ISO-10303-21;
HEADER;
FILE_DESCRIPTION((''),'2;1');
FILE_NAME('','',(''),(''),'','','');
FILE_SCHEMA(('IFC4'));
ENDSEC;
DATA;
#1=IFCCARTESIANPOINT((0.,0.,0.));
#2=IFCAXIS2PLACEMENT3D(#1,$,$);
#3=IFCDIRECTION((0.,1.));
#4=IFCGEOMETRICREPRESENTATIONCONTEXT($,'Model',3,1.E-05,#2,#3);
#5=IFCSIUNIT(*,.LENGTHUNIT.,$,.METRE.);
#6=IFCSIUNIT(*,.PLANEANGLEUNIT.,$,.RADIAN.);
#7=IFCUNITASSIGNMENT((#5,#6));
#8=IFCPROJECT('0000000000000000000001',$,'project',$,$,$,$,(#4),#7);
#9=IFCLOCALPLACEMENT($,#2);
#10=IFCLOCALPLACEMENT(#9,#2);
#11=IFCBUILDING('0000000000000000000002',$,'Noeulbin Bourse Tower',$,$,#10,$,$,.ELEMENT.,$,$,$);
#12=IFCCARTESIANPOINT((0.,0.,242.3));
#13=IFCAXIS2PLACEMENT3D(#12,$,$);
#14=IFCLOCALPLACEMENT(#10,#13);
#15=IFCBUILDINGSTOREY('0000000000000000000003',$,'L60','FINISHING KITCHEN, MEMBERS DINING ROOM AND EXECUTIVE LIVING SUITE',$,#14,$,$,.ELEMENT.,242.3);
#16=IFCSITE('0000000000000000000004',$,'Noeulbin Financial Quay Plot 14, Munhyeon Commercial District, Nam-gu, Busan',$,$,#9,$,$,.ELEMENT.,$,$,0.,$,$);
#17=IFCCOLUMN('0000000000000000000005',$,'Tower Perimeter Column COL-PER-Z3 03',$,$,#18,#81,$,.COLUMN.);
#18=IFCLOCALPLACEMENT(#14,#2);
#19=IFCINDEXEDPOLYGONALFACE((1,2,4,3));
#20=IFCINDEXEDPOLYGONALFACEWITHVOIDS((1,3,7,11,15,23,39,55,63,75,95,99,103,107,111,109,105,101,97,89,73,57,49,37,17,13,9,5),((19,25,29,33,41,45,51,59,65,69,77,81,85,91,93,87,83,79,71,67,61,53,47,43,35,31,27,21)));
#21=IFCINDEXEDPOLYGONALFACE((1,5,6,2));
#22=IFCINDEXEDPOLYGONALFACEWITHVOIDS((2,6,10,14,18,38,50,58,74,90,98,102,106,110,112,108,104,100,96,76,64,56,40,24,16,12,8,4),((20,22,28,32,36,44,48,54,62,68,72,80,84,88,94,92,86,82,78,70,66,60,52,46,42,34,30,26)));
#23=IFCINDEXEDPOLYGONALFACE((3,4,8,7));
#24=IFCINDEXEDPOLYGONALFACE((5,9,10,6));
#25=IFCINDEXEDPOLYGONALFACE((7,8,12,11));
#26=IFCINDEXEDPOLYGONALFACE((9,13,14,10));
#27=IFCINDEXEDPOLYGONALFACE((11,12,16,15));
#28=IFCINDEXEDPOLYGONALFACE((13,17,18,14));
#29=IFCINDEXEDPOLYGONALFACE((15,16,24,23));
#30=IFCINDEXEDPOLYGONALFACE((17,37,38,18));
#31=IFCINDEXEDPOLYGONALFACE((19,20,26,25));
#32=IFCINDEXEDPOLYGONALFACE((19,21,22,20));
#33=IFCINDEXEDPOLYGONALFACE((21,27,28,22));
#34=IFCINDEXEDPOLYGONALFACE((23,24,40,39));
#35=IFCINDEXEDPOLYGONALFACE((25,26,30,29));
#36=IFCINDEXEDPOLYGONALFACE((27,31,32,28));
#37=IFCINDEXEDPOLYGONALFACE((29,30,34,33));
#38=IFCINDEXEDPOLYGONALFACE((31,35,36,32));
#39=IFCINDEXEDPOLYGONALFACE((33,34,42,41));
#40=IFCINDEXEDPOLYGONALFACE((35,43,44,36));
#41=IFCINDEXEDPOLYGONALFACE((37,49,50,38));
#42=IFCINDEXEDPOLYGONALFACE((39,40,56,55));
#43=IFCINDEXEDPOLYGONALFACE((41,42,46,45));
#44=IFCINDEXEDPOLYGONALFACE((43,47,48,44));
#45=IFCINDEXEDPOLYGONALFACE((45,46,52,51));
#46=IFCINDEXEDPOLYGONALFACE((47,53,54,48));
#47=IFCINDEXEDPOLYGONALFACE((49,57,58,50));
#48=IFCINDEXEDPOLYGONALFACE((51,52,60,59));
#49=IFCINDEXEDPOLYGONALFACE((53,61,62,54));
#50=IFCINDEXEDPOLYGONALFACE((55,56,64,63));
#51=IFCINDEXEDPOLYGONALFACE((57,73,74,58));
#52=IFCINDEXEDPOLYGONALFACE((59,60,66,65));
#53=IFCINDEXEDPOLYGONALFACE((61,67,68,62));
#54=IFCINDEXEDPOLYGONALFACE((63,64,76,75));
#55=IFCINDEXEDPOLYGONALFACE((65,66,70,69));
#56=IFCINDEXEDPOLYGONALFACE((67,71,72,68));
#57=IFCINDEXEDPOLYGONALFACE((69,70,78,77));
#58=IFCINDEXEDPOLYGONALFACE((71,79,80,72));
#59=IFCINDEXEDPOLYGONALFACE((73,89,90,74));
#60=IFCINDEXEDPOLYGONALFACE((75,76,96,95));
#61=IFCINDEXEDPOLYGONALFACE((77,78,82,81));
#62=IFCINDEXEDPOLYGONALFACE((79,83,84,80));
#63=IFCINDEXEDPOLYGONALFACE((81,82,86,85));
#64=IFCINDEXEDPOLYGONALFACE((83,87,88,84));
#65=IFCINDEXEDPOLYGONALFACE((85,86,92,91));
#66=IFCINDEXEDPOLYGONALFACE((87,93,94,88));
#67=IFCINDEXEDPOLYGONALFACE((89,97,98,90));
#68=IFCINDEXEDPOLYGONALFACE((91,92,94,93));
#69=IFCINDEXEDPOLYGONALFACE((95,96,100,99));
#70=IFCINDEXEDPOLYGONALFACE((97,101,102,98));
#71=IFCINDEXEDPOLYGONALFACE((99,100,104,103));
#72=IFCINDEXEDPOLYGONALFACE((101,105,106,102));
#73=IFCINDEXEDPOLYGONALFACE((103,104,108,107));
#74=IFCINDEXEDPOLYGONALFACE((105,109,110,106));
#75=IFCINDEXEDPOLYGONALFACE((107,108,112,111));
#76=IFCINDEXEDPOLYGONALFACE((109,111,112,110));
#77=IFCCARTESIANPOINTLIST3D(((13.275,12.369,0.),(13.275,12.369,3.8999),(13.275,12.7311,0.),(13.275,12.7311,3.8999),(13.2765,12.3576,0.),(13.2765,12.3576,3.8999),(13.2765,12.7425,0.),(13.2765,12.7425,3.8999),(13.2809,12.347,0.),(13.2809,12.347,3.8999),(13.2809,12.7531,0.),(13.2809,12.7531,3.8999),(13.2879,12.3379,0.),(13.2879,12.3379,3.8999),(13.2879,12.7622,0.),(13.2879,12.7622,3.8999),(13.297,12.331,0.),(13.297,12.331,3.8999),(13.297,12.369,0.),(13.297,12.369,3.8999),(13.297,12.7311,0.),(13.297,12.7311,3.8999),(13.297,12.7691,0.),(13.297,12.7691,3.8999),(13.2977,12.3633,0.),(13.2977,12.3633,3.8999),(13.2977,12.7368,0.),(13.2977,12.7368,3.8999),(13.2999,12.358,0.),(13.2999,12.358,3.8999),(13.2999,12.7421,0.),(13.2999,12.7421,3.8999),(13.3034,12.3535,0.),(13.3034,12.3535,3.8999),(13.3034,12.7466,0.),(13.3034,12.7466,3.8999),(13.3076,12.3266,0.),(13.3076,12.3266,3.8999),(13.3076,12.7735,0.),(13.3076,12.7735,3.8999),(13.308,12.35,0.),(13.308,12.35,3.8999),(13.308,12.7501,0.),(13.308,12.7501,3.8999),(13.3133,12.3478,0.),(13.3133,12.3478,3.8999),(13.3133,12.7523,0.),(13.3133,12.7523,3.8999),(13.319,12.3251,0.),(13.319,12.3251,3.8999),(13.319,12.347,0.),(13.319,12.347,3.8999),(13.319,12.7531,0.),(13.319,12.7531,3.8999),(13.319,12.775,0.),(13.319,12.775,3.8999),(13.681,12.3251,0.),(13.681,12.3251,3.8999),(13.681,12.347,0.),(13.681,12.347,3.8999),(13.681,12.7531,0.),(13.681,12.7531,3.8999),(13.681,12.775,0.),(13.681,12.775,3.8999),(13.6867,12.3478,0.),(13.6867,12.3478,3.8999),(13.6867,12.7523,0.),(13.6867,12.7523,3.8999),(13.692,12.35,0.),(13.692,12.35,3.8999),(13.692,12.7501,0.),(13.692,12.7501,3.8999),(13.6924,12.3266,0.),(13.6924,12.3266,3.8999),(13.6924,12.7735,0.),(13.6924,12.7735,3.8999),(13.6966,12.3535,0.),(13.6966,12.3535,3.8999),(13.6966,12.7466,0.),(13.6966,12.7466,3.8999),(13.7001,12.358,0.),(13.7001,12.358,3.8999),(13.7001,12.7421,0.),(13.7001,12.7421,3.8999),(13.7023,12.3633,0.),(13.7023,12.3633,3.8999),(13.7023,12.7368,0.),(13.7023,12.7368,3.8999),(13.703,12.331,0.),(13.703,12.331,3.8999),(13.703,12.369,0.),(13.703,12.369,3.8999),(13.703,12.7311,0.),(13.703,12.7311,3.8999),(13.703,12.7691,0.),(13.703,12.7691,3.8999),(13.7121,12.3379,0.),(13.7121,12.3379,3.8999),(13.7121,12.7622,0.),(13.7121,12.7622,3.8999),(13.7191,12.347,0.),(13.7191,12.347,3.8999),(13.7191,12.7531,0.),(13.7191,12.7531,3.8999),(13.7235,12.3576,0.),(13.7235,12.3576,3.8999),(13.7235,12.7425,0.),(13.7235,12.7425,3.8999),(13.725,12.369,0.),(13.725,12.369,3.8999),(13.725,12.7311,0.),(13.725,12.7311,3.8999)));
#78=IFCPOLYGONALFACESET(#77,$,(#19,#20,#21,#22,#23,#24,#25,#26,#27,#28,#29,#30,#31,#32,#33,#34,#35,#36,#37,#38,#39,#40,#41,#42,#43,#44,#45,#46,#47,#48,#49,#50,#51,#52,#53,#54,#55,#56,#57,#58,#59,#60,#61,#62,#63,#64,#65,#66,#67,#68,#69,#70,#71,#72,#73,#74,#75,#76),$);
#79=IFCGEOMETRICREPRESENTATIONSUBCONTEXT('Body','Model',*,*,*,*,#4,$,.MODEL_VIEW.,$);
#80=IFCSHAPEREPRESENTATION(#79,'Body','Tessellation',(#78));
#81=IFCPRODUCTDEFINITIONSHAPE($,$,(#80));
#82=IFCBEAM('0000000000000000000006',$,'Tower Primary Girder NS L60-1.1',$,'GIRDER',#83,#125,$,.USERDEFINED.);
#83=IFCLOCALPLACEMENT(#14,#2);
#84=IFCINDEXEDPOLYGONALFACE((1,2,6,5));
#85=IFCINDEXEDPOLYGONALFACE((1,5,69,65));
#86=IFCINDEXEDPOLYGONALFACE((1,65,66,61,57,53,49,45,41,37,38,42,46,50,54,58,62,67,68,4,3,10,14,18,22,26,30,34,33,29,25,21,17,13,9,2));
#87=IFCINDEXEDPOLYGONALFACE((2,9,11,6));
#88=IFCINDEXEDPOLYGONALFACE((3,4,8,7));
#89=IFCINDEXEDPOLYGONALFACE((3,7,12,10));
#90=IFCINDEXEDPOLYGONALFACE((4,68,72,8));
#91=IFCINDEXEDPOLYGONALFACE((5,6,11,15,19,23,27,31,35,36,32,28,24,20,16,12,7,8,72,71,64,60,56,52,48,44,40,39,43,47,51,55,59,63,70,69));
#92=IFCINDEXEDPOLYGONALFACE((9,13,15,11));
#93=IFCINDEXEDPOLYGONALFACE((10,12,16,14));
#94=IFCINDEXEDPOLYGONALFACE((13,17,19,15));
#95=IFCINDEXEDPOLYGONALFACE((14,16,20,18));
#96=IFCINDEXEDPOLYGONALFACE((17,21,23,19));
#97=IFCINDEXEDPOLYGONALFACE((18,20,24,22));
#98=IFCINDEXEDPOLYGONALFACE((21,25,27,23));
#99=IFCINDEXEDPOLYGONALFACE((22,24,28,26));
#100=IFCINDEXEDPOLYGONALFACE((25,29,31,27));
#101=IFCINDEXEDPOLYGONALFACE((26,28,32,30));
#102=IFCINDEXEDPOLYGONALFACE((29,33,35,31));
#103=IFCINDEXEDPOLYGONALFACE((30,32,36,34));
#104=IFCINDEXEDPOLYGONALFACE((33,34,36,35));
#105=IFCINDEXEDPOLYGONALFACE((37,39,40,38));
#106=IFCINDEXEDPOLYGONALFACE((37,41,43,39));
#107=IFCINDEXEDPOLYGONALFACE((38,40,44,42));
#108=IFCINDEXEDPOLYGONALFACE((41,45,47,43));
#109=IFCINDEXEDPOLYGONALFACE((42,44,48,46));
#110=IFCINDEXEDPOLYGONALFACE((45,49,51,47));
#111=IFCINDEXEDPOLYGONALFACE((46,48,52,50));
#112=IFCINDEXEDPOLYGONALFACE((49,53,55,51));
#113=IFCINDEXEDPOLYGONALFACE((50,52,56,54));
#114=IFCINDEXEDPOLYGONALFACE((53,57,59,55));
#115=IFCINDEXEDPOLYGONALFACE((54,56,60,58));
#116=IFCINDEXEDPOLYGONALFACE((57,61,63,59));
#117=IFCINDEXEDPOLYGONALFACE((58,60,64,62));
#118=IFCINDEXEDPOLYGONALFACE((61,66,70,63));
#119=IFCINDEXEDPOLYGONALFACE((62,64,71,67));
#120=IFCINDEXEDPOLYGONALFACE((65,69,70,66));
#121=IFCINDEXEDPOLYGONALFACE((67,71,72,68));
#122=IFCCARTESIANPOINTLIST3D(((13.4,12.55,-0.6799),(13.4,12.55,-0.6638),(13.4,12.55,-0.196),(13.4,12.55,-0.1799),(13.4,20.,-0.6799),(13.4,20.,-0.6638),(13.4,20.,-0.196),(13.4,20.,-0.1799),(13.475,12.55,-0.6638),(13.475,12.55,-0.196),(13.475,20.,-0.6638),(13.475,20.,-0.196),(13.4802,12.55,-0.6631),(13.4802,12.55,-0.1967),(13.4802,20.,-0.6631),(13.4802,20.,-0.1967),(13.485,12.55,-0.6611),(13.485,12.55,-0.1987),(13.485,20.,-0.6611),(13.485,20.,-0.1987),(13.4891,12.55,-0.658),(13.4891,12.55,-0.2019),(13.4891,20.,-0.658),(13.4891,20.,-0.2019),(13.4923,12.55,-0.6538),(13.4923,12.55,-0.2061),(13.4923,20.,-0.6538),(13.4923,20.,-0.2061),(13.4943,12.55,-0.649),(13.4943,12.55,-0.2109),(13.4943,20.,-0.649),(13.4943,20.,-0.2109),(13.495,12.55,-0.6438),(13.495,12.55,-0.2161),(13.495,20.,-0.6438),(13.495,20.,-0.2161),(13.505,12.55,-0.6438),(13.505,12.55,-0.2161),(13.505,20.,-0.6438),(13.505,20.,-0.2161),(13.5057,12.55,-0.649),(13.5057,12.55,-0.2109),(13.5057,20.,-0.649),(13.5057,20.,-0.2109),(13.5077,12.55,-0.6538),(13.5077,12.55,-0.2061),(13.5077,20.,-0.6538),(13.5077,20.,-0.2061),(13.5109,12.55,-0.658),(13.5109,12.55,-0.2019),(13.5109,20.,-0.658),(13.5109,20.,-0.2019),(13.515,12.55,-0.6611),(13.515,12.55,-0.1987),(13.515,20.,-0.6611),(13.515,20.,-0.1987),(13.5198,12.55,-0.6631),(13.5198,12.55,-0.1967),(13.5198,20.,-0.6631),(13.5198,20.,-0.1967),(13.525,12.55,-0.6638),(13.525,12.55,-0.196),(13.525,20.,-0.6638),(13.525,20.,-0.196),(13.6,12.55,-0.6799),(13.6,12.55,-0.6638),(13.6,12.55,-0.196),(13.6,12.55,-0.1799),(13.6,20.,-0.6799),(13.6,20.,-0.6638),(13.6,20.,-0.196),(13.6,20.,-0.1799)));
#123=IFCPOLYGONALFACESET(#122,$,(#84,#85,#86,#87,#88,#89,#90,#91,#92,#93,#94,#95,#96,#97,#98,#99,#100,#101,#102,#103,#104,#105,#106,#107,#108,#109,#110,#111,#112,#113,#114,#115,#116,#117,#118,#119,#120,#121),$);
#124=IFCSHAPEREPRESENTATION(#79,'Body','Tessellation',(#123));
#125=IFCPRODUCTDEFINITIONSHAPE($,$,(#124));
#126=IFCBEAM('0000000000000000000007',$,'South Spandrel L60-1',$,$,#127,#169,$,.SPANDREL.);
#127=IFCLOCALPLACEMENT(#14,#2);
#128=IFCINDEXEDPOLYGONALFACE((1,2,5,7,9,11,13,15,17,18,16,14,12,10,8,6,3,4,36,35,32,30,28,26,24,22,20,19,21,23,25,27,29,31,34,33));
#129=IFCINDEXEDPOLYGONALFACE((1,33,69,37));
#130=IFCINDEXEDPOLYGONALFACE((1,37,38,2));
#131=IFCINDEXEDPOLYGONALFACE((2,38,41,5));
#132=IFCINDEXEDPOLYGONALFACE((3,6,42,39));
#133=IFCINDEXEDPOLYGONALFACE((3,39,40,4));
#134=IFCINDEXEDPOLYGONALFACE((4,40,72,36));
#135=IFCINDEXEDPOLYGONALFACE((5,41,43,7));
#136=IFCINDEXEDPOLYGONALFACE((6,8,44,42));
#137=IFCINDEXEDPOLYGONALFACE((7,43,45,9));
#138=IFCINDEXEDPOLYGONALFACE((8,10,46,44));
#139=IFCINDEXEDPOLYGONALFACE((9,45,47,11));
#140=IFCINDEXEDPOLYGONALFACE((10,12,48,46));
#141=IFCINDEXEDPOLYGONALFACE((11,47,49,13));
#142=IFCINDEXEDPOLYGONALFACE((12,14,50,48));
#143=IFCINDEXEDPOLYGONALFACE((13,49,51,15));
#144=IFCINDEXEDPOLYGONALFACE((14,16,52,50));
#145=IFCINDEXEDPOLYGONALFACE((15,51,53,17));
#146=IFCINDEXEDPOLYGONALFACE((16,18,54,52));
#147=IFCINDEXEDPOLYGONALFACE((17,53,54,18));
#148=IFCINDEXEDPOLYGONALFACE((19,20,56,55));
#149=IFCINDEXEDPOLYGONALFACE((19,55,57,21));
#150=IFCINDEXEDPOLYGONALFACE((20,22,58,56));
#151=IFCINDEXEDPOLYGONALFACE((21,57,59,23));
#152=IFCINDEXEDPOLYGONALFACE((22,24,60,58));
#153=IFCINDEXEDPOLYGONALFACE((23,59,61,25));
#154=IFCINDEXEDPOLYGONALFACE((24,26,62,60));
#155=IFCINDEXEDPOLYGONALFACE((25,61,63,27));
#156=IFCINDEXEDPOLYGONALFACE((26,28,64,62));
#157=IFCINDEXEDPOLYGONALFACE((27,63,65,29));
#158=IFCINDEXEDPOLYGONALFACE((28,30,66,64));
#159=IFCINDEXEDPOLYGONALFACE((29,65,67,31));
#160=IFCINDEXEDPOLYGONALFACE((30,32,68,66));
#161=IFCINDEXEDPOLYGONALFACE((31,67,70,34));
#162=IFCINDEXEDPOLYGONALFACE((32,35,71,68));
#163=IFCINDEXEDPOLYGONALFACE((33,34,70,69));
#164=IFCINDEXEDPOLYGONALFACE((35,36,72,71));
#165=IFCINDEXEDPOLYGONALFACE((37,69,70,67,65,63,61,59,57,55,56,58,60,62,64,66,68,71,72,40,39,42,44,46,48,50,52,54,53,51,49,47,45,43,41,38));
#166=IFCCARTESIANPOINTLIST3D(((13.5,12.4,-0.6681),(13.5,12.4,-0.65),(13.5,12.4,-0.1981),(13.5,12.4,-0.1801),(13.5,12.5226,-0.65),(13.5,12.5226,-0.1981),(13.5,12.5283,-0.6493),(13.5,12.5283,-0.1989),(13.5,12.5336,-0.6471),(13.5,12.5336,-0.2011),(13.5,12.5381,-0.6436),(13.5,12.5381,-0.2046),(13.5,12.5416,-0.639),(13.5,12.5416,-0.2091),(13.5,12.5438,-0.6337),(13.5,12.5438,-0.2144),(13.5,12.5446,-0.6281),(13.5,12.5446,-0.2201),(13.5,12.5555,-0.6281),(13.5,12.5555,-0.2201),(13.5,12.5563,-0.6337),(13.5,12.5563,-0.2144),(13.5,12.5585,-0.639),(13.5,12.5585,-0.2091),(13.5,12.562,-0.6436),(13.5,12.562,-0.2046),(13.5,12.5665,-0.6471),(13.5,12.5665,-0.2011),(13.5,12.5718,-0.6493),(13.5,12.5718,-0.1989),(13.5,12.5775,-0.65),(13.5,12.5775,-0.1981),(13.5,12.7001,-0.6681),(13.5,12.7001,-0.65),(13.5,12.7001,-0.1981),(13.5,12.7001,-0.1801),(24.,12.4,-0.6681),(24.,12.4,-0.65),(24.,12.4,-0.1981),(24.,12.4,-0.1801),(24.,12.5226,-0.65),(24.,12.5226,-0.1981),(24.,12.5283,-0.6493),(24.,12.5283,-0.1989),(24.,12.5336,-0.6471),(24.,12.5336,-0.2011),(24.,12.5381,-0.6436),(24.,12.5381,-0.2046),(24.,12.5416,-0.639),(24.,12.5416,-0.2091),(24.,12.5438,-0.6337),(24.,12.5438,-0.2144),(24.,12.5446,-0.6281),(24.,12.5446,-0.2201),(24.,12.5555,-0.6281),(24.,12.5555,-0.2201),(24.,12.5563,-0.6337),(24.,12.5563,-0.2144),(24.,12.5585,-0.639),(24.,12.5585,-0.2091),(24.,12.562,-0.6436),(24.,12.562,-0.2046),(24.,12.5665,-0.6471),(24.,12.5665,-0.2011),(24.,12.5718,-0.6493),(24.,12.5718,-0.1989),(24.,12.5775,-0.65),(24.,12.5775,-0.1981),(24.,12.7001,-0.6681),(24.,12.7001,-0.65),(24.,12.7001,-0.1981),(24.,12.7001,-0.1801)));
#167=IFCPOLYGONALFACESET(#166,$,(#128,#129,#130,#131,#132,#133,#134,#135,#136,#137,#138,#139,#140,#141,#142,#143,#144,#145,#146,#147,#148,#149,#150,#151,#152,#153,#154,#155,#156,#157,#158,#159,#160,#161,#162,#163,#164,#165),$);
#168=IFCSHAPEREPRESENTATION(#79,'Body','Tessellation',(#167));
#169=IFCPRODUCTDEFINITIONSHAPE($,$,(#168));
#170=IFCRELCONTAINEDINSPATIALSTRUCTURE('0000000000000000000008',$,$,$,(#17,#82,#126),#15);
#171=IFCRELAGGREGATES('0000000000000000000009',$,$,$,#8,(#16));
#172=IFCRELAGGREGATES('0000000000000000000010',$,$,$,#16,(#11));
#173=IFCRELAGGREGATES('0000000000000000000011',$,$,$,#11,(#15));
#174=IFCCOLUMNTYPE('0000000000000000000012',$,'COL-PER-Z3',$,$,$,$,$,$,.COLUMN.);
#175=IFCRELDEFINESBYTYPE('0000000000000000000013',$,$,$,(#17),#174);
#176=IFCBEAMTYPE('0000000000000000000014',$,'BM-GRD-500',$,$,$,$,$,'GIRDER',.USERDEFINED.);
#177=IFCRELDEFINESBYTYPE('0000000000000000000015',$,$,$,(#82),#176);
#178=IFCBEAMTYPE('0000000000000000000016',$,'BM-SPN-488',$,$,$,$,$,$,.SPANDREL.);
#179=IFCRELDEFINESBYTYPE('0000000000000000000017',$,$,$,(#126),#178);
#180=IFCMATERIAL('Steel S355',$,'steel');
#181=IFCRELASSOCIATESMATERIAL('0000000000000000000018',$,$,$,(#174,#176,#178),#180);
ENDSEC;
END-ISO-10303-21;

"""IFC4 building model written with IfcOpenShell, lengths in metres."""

from ifc_helpers import new_model, si_unit, direction, frame, origin, origin_2d, place, context, subcontext, project, spatial, hollow_rectangle, i_section, extrude, material, material_profile, profile_set, type_object, element, save


model = new_model("IFC4")

# Units and contexts
model_context = context("Model", 3, precision=1e-05, world=origin(), true_north=direction((0.0, 1.0)))
body_context = subcontext(model_context, "Body", "Model", "MODEL_VIEW")
ifc_project = project(units=[si_unit("LENGTHUNIT", "METRE"), si_unit("PLANEANGLEUNIT", "RADIAN")], contexts=[model_context])

# Site, building, storey
site_placement = place(None, origin())
site = spatial("IfcSite", under=ifc_project, at=site_placement, Name="Noeulbin Financial Quay Plot 14, Munhyeon Commercial District, Nam-gu, Busan", CompositionType="ELEMENT", RefElevation=0.0)
building_placement = place(site_placement, origin())
building = spatial("IfcBuilding", under=site, at=building_placement, Name="Noeulbin Bourse Tower", CompositionType="ELEMENT")
storey_placement = place(building_placement, frame((0.0, 0.0, 242.3)))
storey = spatial("IfcBuildingStorey", under=building, at=storey_placement, Name="L60", Description="FINISHING KITCHEN, MEMBERS DINING ROOM AND EXECUTIVE LIVING SUITE", CompositionType="ELEMENT", Elevation=242.3)

# Column
ifc_material_1 = material(Name="Steel S355", Category="steel")
ifc_material_profile_1 = material_profile(ifc_material_1, hollow_rectangle(XDim=0.45, YDim=0.45, WallThickness=0.022, InnerFilletRadius=0.022, OuterFilletRadius=0.0439, at=origin_2d()), Name="SHS-450x450x22", Category="LoadBearing")
ifc_profile_set_1 = profile_set([ifc_material_profile_1], Name="Steel S355")
column_type = type_object("IfcColumnType", Name="COL-PER-Z3", PredefinedType="COLUMN", material=ifc_profile_set_1)
column_placement = place(storey_placement, frame((13.5, 12.55, 0.0), z_axis=(0.0, 0.0, 1.0), x_axis=(1.0, 0.0, 0.0)))
element("IfcColumn", 1, at=column_placement, inside=storey, type_object=column_type, Name="Tower Perimeter Column COL-PER-Z3 03", PredefinedType="COLUMN", context=body_context, shape_type="SweptSolid", body=[
    extrude(hollow_rectangle(XDim=0.45, YDim=0.45, WallThickness=0.022, InnerFilletRadius=0.022, OuterFilletRadius=0.0439, at=origin_2d()), origin(), (0.0, 0.0, 1.0), 3.8999),
])

# Beams
ifc_material_profile_2 = material_profile(ifc_material_1, i_section(OverallWidth=0.2, OverallDepth=0.5, WebThickness=0.01, FlangeThickness=0.0161, FilletRadius=0.02, at=origin_2d()), Name="H-500x200x10x16", Category="LoadBearing")
ifc_profile_set_2 = profile_set([ifc_material_profile_2], Name="Steel S355")
beam_type_1 = type_object("IfcBeamType", Name="BM-GRD-500", ElementType="GIRDER", PredefinedType="USERDEFINED", material=ifc_profile_set_2)
beam_1_placement = place(storey_placement, frame((13.5, 12.55, -0.4299), z_axis=(0.0, 1.0, 0.0), x_axis=(-1.0, 0.0, 0.0)))
element("IfcBeam", 2, at=beam_1_placement, inside=storey, type_object=beam_type_1, Name="Tower Primary Girder NS L60-1.1", ObjectType="GIRDER", PredefinedType="USERDEFINED", context=body_context, shape_type="SweptSolid", body=[
    extrude(i_section(OverallWidth=0.2, OverallDepth=0.5, WebThickness=0.01, FlangeThickness=0.0161, FilletRadius=0.02, at=origin_2d()), origin(), (0.0, 0.0, 1.0), 7.45),
])
ifc_material_profile_3 = material_profile(ifc_material_1, i_section(OverallWidth=0.3, OverallDepth=0.488, WebThickness=0.011, FlangeThickness=0.0181, FilletRadius=0.022, at=origin_2d()), Name="H-488x300x11x18", Category="LoadBearing")
ifc_profile_set_3 = profile_set([ifc_material_profile_3], Name="Steel S355")
beam_type_2 = type_object("IfcBeamType", Name="BM-SPN-488", PredefinedType="SPANDREL", material=ifc_profile_set_3)
beam_2_placement = place(storey_placement, frame((13.5, 12.55, -0.4241), z_axis=(1.0, 0.0, 0.0), x_axis=(0.0, 1.0, 0.0)))
element("IfcBeam", 3, at=beam_2_placement, inside=storey, type_object=beam_type_2, Name="South Spandrel L60-1", PredefinedType="SPANDREL", context=body_context, shape_type="SweptSolid", body=[
    extrude(i_section(OverallWidth=0.3, OverallDepth=0.488, WebThickness=0.011, FlangeThickness=0.0181, FilletRadius=0.022, at=origin_2d()), origin(), (0.0, 0.0, 1.0), 10.5),
])

save(model, "model.ifc")
